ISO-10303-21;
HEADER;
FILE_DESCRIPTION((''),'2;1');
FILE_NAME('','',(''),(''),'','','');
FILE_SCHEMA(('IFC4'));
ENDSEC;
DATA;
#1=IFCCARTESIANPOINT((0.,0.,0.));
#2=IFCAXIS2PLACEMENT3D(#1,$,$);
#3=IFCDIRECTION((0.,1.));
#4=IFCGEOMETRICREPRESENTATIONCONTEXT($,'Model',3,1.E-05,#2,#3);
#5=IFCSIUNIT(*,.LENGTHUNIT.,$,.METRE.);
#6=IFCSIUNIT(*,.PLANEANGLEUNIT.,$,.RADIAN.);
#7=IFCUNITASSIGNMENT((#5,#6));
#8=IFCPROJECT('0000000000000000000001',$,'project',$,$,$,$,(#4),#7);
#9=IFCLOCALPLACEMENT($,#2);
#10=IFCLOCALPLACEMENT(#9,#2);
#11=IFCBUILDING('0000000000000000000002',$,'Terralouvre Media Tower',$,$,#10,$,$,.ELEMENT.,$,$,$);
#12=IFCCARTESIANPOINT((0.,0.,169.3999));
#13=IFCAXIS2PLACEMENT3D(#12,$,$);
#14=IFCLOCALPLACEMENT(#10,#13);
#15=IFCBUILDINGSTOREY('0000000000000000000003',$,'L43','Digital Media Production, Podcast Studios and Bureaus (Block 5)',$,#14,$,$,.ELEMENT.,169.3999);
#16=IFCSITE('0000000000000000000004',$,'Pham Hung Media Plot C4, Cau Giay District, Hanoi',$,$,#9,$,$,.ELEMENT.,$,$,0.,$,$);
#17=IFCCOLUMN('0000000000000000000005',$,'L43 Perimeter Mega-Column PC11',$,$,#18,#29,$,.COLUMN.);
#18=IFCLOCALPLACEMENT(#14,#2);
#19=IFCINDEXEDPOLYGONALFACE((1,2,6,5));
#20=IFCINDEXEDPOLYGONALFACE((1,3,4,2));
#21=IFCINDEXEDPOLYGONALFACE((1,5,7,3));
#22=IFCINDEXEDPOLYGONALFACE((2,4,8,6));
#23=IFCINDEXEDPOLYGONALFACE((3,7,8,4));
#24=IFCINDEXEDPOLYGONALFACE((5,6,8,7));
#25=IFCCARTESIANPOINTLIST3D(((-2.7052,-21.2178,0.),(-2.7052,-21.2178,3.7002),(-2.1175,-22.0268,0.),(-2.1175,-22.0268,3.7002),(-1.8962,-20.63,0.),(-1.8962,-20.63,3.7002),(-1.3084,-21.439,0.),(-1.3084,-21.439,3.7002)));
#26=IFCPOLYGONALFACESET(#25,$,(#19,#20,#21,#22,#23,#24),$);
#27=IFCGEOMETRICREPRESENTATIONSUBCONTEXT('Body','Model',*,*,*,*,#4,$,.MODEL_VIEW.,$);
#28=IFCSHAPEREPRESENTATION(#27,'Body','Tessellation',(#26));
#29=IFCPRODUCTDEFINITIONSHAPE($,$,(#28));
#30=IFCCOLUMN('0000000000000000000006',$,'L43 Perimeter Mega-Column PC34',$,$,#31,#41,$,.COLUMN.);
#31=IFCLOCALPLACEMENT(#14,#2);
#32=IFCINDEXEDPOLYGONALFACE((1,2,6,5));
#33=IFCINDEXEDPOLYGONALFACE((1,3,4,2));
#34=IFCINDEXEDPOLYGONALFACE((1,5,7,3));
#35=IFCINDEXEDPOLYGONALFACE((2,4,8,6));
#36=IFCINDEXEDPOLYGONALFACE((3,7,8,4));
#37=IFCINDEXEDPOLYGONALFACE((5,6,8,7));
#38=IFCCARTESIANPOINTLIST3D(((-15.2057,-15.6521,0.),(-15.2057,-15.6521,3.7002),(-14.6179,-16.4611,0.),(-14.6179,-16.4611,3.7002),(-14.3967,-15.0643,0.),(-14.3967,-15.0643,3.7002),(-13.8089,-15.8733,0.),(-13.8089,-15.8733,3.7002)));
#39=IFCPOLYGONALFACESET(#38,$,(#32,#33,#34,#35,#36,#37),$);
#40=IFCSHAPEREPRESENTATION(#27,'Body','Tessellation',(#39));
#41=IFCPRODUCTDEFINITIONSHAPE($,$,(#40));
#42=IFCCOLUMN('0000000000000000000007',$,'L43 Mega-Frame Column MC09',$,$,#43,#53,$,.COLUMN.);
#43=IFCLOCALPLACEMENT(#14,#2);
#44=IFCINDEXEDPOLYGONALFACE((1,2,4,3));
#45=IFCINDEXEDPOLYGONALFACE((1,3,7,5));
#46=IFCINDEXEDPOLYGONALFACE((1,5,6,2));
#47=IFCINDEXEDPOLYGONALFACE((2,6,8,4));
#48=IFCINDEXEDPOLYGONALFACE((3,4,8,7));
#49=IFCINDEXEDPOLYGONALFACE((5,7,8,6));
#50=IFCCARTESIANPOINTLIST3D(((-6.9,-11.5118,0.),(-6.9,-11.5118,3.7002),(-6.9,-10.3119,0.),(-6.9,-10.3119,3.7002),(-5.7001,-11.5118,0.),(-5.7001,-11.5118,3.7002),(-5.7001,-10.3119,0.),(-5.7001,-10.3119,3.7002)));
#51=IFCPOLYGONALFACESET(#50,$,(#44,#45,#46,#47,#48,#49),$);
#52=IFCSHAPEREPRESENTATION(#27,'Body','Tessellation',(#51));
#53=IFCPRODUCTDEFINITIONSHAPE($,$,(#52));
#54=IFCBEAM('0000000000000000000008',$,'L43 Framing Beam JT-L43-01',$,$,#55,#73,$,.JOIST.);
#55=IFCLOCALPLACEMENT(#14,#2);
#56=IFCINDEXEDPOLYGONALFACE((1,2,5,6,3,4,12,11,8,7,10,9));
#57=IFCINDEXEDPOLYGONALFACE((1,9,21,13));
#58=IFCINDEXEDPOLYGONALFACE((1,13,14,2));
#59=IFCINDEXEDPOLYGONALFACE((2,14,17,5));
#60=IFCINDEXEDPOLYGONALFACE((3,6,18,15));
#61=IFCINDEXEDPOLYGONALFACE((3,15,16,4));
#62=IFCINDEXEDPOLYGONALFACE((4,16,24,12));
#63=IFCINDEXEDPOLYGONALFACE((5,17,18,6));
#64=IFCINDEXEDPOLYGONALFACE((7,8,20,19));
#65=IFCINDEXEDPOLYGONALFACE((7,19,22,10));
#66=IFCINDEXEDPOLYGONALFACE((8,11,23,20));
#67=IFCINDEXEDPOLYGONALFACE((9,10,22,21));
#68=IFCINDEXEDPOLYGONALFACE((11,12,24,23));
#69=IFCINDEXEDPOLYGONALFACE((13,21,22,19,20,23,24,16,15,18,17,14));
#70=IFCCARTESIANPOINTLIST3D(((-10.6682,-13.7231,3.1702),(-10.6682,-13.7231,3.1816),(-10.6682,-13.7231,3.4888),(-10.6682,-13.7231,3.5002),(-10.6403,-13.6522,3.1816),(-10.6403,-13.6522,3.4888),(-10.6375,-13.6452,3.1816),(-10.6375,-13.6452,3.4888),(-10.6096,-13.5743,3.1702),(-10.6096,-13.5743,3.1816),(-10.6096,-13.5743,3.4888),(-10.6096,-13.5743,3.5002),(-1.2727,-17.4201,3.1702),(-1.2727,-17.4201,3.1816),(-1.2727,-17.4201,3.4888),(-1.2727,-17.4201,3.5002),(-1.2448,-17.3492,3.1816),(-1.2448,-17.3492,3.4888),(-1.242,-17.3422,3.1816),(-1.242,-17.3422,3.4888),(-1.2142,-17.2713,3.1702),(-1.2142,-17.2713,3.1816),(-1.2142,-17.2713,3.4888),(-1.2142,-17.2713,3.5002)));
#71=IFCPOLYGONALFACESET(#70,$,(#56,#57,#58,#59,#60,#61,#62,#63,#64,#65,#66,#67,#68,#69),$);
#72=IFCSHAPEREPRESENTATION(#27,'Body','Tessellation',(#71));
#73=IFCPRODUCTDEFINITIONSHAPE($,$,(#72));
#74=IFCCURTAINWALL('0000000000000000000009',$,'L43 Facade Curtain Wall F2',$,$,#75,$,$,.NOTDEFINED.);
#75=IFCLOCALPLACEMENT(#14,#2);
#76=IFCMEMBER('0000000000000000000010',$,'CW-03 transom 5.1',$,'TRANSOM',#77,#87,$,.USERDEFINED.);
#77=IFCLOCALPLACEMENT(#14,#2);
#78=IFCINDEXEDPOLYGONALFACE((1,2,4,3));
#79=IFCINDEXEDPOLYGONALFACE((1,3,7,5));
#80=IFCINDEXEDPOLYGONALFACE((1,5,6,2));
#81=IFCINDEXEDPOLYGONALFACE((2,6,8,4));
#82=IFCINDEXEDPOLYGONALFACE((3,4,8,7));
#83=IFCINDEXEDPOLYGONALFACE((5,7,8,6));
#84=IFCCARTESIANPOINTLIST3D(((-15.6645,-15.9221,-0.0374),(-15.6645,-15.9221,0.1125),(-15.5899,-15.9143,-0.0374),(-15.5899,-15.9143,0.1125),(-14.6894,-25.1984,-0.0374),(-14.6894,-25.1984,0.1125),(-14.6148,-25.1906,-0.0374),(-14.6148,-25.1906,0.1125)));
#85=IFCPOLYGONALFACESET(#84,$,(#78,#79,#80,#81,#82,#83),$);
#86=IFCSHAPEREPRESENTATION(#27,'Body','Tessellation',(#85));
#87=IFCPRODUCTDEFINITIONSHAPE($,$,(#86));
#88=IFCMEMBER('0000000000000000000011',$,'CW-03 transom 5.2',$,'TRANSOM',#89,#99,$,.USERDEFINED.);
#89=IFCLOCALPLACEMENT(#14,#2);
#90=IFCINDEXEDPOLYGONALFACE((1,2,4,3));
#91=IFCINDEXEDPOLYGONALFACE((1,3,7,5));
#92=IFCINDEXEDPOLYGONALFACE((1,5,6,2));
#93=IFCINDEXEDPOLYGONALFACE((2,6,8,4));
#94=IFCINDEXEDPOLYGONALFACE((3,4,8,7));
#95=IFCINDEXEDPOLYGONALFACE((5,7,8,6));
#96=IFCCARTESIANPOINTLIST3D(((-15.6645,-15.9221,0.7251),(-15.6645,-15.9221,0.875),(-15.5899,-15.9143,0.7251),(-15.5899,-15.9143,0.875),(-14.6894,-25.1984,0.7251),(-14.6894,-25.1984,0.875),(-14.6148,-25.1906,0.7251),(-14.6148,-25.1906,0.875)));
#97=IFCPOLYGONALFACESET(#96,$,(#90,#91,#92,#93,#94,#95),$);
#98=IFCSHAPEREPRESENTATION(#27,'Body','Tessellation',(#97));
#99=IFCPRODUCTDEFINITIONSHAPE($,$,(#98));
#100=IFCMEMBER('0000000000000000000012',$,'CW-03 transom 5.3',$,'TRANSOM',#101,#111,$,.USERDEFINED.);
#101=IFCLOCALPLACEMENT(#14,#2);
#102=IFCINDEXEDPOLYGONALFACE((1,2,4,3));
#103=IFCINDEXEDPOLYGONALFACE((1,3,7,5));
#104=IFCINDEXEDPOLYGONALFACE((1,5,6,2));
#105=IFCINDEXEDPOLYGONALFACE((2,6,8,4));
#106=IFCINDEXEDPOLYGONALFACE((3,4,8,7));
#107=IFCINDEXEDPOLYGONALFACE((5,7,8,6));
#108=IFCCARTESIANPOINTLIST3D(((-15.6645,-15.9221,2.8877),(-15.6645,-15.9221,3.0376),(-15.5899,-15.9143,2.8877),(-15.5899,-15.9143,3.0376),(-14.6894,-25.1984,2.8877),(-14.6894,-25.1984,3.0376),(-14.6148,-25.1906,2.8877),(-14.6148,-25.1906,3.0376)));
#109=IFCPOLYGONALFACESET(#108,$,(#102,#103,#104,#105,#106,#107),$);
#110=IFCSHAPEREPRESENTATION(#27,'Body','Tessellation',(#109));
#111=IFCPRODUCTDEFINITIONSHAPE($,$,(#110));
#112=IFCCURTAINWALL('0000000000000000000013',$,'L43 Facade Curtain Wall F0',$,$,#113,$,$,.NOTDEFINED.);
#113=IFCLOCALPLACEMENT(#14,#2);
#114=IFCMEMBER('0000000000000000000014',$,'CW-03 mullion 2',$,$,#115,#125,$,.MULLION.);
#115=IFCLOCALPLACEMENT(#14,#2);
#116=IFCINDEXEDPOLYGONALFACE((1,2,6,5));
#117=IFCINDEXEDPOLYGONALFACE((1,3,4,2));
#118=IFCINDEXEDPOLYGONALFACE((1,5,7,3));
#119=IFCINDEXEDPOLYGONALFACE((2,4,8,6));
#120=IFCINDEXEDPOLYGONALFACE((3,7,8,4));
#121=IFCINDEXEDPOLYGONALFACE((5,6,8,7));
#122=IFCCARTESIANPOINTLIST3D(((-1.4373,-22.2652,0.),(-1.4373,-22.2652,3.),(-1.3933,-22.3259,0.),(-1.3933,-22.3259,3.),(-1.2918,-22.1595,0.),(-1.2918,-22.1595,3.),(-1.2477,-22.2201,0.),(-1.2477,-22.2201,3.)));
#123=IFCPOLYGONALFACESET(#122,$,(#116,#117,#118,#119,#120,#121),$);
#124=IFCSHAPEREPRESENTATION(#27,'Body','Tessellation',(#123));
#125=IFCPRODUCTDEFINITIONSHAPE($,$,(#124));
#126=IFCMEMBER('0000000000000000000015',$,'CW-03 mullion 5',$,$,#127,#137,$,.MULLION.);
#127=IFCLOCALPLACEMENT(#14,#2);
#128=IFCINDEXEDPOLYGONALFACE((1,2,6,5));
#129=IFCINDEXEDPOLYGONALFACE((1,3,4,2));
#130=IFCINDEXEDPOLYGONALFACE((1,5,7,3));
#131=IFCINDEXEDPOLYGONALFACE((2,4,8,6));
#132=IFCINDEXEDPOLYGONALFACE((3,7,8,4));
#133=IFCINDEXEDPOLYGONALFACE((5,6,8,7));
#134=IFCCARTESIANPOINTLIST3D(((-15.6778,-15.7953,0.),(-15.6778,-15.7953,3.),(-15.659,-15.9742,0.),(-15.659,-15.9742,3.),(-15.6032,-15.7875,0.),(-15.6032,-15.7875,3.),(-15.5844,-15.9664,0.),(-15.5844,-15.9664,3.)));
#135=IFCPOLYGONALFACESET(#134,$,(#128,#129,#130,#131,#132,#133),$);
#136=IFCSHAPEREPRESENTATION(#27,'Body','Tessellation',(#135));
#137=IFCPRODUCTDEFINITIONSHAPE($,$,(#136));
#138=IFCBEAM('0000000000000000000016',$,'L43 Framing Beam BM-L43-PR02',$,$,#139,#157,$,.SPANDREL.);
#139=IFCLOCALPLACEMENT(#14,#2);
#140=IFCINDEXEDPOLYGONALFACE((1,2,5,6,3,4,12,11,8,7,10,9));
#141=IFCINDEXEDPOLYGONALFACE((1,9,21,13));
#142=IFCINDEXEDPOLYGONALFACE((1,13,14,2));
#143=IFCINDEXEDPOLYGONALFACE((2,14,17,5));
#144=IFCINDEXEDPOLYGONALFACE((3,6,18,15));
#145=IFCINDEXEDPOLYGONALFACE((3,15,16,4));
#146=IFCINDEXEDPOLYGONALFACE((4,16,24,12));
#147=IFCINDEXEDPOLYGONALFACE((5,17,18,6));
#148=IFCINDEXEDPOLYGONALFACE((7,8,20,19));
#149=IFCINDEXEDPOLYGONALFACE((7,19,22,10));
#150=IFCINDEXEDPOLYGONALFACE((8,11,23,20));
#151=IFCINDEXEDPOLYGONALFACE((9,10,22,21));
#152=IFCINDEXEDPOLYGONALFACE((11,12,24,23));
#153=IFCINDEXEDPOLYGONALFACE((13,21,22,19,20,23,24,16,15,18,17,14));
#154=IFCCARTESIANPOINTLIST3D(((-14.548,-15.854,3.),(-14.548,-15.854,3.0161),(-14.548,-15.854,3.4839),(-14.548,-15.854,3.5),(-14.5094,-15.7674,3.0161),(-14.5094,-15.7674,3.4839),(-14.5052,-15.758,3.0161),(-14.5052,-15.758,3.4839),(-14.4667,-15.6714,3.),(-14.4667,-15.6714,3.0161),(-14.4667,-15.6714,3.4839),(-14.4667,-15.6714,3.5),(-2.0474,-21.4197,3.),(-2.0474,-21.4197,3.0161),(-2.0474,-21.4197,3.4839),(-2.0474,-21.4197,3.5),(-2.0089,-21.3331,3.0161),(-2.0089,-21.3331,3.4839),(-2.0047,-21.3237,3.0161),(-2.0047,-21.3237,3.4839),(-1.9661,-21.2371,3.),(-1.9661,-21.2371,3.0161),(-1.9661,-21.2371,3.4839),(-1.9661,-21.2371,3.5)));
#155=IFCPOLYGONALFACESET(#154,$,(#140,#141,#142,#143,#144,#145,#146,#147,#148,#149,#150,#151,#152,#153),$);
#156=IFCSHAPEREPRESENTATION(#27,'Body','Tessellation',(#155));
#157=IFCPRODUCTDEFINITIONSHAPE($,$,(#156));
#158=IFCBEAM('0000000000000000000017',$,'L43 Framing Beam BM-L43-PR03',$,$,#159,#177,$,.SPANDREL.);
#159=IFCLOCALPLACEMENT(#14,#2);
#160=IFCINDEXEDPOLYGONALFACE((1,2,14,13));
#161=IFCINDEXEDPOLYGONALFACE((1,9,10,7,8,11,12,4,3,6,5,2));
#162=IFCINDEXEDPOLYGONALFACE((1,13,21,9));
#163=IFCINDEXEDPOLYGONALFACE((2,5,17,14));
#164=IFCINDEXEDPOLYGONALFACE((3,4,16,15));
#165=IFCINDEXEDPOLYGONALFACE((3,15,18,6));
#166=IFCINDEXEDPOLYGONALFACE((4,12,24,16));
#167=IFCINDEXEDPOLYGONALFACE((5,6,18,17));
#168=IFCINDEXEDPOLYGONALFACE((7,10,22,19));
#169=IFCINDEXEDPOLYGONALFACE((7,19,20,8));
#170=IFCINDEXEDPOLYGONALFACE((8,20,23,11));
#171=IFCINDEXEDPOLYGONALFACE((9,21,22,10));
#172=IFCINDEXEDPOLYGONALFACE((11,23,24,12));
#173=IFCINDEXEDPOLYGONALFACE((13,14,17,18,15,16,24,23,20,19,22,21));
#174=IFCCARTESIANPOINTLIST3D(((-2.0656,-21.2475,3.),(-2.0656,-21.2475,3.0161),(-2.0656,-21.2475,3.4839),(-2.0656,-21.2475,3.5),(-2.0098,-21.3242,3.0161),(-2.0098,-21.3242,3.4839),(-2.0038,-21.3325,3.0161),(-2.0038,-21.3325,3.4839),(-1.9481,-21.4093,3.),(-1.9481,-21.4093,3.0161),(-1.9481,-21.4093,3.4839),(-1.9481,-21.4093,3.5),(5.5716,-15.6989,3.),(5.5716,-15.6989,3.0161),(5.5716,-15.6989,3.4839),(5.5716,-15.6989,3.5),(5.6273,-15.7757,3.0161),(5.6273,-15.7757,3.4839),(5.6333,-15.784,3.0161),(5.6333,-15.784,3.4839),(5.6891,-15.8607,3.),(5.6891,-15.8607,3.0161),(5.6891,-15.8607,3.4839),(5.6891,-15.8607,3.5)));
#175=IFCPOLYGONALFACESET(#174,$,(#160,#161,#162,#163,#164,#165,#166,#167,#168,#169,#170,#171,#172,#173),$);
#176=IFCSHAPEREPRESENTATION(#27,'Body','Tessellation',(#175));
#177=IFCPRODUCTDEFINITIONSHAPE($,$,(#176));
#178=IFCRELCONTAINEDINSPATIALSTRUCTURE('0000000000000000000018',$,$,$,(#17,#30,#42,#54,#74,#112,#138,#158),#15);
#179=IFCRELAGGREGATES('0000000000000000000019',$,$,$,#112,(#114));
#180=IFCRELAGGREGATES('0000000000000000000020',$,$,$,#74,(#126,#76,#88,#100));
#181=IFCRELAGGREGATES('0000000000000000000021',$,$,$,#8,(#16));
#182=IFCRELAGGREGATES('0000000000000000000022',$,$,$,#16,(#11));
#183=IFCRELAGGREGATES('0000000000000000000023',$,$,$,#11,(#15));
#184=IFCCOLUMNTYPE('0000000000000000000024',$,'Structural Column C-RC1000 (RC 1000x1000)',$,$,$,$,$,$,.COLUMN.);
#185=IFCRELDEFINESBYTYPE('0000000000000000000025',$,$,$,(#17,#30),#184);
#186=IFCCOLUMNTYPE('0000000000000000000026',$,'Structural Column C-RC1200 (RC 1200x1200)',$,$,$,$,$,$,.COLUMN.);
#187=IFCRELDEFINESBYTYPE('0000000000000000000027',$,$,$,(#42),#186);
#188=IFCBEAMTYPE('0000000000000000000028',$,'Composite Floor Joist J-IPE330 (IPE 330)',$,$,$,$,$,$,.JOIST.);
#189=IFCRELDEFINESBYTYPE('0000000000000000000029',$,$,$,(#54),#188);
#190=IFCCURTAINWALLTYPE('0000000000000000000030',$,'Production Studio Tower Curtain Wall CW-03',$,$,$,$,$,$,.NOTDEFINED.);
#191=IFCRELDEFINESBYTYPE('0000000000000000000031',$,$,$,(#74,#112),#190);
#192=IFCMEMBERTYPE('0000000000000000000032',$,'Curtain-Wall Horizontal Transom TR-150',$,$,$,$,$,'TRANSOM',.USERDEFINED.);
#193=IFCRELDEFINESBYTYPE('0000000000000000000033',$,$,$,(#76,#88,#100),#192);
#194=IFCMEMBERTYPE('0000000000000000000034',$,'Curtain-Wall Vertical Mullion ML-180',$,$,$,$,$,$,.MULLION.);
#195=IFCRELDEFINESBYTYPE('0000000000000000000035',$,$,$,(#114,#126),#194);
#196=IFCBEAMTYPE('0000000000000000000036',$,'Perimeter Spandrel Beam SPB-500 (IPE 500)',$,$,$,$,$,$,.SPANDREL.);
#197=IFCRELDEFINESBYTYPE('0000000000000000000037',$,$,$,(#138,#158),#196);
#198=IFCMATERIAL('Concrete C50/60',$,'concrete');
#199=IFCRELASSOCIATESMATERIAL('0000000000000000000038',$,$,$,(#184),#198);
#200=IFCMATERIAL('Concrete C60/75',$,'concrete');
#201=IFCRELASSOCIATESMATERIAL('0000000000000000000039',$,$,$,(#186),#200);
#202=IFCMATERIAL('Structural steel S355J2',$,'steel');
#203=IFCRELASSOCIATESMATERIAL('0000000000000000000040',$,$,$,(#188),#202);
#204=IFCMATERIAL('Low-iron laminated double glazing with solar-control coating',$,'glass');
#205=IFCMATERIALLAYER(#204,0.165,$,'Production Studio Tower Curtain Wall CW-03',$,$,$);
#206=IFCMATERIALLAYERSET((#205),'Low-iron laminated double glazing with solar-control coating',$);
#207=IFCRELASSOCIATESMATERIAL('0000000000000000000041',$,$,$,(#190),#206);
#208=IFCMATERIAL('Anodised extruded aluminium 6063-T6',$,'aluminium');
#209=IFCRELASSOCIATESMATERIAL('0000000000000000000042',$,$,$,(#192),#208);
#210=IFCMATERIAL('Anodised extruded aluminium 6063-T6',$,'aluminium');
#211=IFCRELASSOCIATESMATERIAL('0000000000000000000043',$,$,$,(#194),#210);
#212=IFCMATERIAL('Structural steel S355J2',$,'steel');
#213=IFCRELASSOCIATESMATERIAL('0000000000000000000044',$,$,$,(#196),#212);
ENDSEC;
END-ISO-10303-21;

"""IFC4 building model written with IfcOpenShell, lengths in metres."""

from ifc_helpers import new_model, si_unit, direction, frame, origin, origin_2d, place, context, subcontext, project, spatial, rectangle, i_section, extrude, material, layer, layer_set, material_profile, profile_set, type_object, element, aggregate, save


model = new_model("IFC4")

# Units and contexts
model_context = context("Model", 3, precision=1e-05, world=origin(), true_north=direction((0.0, 1.0)))
body_context = subcontext(model_context, "Body", "Model", "MODEL_VIEW")
ifc_project = project(units=[si_unit("LENGTHUNIT", "METRE"), si_unit("PLANEANGLEUNIT", "RADIAN")], contexts=[model_context])

# Site, building, storey
site_placement = place(None, origin())
site = spatial("IfcSite", under=ifc_project, at=site_placement, Name="Pham Hung Media Plot C4, Cau Giay District, Hanoi", CompositionType="ELEMENT", RefElevation=0.0)
building_placement = place(site_placement, origin())
building = spatial("IfcBuilding", under=site, at=building_placement, Name="Terralouvre Media Tower", CompositionType="ELEMENT")
storey_placement = place(building_placement, frame((0.0, 0.0, 169.3999)))
storey = spatial("IfcBuildingStorey", under=building, at=storey_placement, Name="L43", Description="Digital Media Production, Podcast Studios and Bureaus (Block 5)", CompositionType="ELEMENT", Elevation=169.3999)

# Columns
ifc_material_1 = material(Name="Concrete C50/60", Category="concrete")
ifc_material_profile_1 = material_profile(ifc_material_1, rectangle(XDim=1.0, YDim=1.0, at=origin_2d()), Name="RC 1000x1000")
ifc_profile_set_1 = profile_set([ifc_material_profile_1], Name="Concrete C50/60")
column_type_1 = type_object("IfcColumnType", Name="Structural Column C-RC1000 (RC 1000x1000)", PredefinedType="COLUMN", material=ifc_profile_set_1)
for number, where, z_axis, x_axis, name in (
    (1, (-2.0068, -21.3284, 0.0), (0.0, 0.0, 1.0), (0.809017, 0.587785, 0.0), "L43 Perimeter Mega-Column PC11"),
    (2, (-14.5073, -15.7627, 0.0), (0.0, 0.0, 1.0), (0.809017, 0.587785, 0.0), "L43 Perimeter Mega-Column PC34"),
):
    element("IfcColumn", number, at=place(storey_placement, frame(where, z_axis=z_axis, x_axis=x_axis)), inside=storey, type_object=column_type_1, Name=name, PredefinedType="COLUMN", context=body_context, shape_type="SweptSolid", body=[
        extrude(rectangle(XDim=1.0, YDim=1.0, at=origin_2d()), origin(), (0.0, 0.0, 1.0), 3.7002),
    ])
ifc_material_2 = material(Name="Concrete C60/75", Category="concrete")
ifc_material_profile_2 = material_profile(ifc_material_2, rectangle(XDim=1.2, YDim=1.2, at=origin_2d()), Name="RC 1200x1200")
ifc_profile_set_2 = profile_set([ifc_material_profile_2], Name="Concrete C60/75")
column_type_2 = type_object("IfcColumnType", Name="Structural Column C-RC1200 (RC 1200x1200)", PredefinedType="COLUMN", material=ifc_profile_set_2)
column_placement = place(storey_placement, frame((-6.3, -10.9119, 0.0), z_axis=(0.0, 0.0, 1.0), x_axis=(1.0, 0.0, 0.0)))
element("IfcColumn", 3, at=column_placement, inside=storey, type_object=column_type_2, Name="L43 Mega-Frame Column MC09", PredefinedType="COLUMN", context=body_context, shape_type="SweptSolid", body=[
    extrude(rectangle(XDim=1.2, YDim=1.2, at=origin_2d()), origin(), (0.0, 0.0, 1.0), 3.7002),
])

# Beam
ifc_material_3 = material(Name="Structural steel S355J2", Category="steel")
ifc_material_profile_3 = material_profile(ifc_material_3, i_section(OverallWidth=0.1599, OverallDepth=0.3301, WebThickness=0.0076, FlangeThickness=0.0115, at=origin_2d()), Name="IPE 330")
ifc_profile_set_3 = profile_set([ifc_material_profile_3], Name="Structural steel S355J2")
beam_type_1 = type_object("IfcBeamType", Name="Composite Floor Joist J-IPE330 (IPE 330)", PredefinedType="JOIST", material=ifc_profile_set_3)
beam_1_placement = place(storey_placement, frame((-10.6389, -13.6487, 3.3352), z_axis=(0.930552, -0.366161, 0.0), x_axis=(0.366161, 0.930552, 0.0)))
element("IfcBeam", 4, at=beam_1_placement, inside=storey, type_object=beam_type_1, Name="L43 Framing Beam JT-L43-01", PredefinedType="JOIST", context=body_context, shape_type="SweptSolid", body=[
    extrude(i_section(OverallWidth=0.1599, OverallDepth=0.3301, WebThickness=0.0076, FlangeThickness=0.0115, at=origin_2d()), origin(), (0.0, 0.0, 1.0), 10.0967),
])

# Curtain wall, members
ifc_material_4 = material(Name="Low-iron laminated double glazing with solar-control coating", Category="glass")
ifc_layer_1 = layer(ifc_material_4, 0.165, Name="Production Studio Tower Curtain Wall CW-03")
ifc_layer_set_1 = layer_set([ifc_layer_1], Name="Low-iron laminated double glazing with solar-control coating")
curtain_wall_type = type_object("IfcCurtainWallType", Name="Production Studio Tower Curtain Wall CW-03", PredefinedType="NOTDEFINED", material=ifc_layer_set_1)
curtain_wall_1_placement = place(storey_placement, origin())
curtain_wall_1 = element("IfcCurtainWall", 5, at=curtain_wall_1_placement, inside=storey, type_object=curtain_wall_type, Name="L43 Facade Curtain Wall F2", PredefinedType="NOTDEFINED")
ifc_material_5 = material(Name="Anodised extruded aluminium 6063-T6", Category="aluminium")
ifc_material_profile_4 = material_profile(ifc_material_5, rectangle(XDim=0.075, YDim=0.1499, at=origin_2d()), Name="ALU 75x150")
ifc_profile_set_4 = profile_set([ifc_material_profile_4], Name="Anodised extruded aluminium 6063-T6")
member_type_1 = type_object("IfcMemberType", Name="Curtain-Wall Horizontal Transom TR-150", ElementType="TRANSOM", PredefinedType="USERDEFINED", material=ifc_profile_set_4)
member_1_placement = place(storey_placement, frame((-15.6272, -15.9182, 0.0376), z_axis=(0.10454, -0.994521, 0.0), x_axis=(0.994521, 0.10454, 0.0)))
member_1 = element("IfcMember", 6, at=member_1_placement, type_object=member_type_1, Name="CW-03 transom 5.1", ObjectType="TRANSOM", PredefinedType="USERDEFINED", context=body_context, shape_type="SweptSolid", body=[
    extrude(rectangle(XDim=0.075, YDim=0.1499, at=origin_2d()), origin(), (0.0, 0.0, 1.0), 9.3274),
])
member_2_placement = place(storey_placement, frame((-15.6272, -15.9182, 0.8), z_axis=(0.10454, -0.994521, 0.0), x_axis=(0.994521, 0.10454, 0.0)))
member_2 = element("IfcMember", 7, at=member_2_placement, type_object=member_type_1, Name="CW-03 transom 5.2", ObjectType="TRANSOM", PredefinedType="USERDEFINED", context=body_context, shape_type="SweptSolid", body=[
    extrude(rectangle(XDim=0.075, YDim=0.1499, at=origin_2d()), origin(), (0.0, 0.0, 1.0), 9.3274),
])
member_3_placement = place(storey_placement, frame((-15.6272, -15.9182, 2.9626), z_axis=(0.10454, -0.994521, 0.0), x_axis=(0.994521, 0.10454, 0.0)))
member_3 = element("IfcMember", 8, at=member_3_placement, type_object=member_type_1, Name="CW-03 transom 5.3", ObjectType="TRANSOM", PredefinedType="USERDEFINED", context=body_context, shape_type="SweptSolid", body=[
    extrude(rectangle(XDim=0.075, YDim=0.1499, at=origin_2d()), origin(), (0.0, 0.0, 1.0), 9.3274),
])

# Curtain wall, member
curtain_wall_2_placement = place(storey_placement, origin())
curtain_wall_2 = element("IfcCurtainWall", 9, at=curtain_wall_2_placement, inside=storey, type_object=curtain_wall_type, Name="L43 Facade Curtain Wall F0", PredefinedType="NOTDEFINED")
ifc_material_6 = material(Name="Anodised extruded aluminium 6063-T6", Category="aluminium")
ifc_material_profile_5 = material_profile(ifc_material_6, rectangle(XDim=0.075, YDim=0.1799, at=origin_2d()), Name="ALU 75x180")
ifc_profile_set_5 = profile_set([ifc_material_profile_5], Name="Anodised extruded aluminium 6063-T6")
member_type_2 = type_object("IfcMemberType", Name="Curtain-Wall Vertical Mullion ML-180", PredefinedType="MULLION", material=ifc_profile_set_5)
member_4_placement = place(storey_placement, frame((-1.3425, -22.2427, 0.0), z_axis=(0.0, 0.0, 1.0), x_axis=(-0.587785, 0.809017, 0.0)))
member_4 = element("IfcMember", 10, at=member_4_placement, type_object=member_type_2, Name="CW-03 mullion 2", PredefinedType="MULLION", context=body_context, shape_type="SweptSolid", body=[
    extrude(rectangle(XDim=0.075, YDim=0.1799, at=origin_2d()), origin(), (0.0, 0.0, 1.0), 3.0),
])
aggregate(curtain_wall_2, [member_4])

# Member
member_5_placement = place(storey_placement, frame((-15.6311, -15.8809, 0.0), z_axis=(0.0, 0.0, 1.0), x_axis=(0.994522, 0.104528, 0.0)))
member_5 = element("IfcMember", 11, at=member_5_placement, type_object=member_type_2, Name="CW-03 mullion 5", PredefinedType="MULLION", context=body_context, shape_type="SweptSolid", body=[
    extrude(rectangle(XDim=0.075, YDim=0.1799, at=origin_2d()), origin(), (0.0, 0.0, 1.0), 3.0),
])

# Beams
ifc_material_7 = material(Name="Structural steel S355J2", Category="steel")
ifc_material_profile_6 = material_profile(ifc_material_7, i_section(OverallWidth=0.2, OverallDepth=0.5, WebThickness=0.0103, FlangeThickness=0.0161, at=origin_2d()), Name="IPE 500")
ifc_profile_set_6 = profile_set([ifc_material_profile_6], Name="Structural steel S355J2")
beam_type_2 = type_object("IfcBeamType", Name="Perimeter Spandrel Beam SPB-500 (IPE 500)", PredefinedType="SPANDREL", material=ifc_profile_set_6)
beam_2_placement = place(storey_placement, frame((-14.5073, -15.7627, 3.25), z_axis=(0.913543, -0.406743, 0.0), x_axis=(0.406743, 0.913543, 0.0)))
element("IfcBeam", 12, at=beam_2_placement, inside=storey, type_object=beam_type_2, Name="L43 Framing Beam BM-L43-PR02", PredefinedType="SPANDREL", context=body_context, shape_type="SweptSolid", body=[
    extrude(i_section(OverallWidth=0.2, OverallDepth=0.5, WebThickness=0.0103, FlangeThickness=0.0161, at=origin_2d()), origin(), (0.0, 0.0, 1.0), 13.6836),
])
beam_3_placement = place(storey_placement, frame((-2.0068, -21.3284, 3.25), z_axis=(0.809026, 0.587773, 0.0), x_axis=(-0.587773, 0.809026, 0.0)))
element("IfcBeam", 13, at=beam_3_placement, inside=storey, type_object=beam_type_2, Name="L43 Framing Beam BM-L43-PR03", PredefinedType="SPANDREL", context=body_context, shape_type="SweptSolid", body=[
    extrude(i_section(OverallWidth=0.2, OverallDepth=0.5, WebThickness=0.0103, FlangeThickness=0.0161, at=origin_2d()), origin(), (0.0, 0.0, 1.0), 9.4399),
])

aggregate(curtain_wall_1, [member_5, member_1, member_2, member_3])

save(model, "model.ifc")
